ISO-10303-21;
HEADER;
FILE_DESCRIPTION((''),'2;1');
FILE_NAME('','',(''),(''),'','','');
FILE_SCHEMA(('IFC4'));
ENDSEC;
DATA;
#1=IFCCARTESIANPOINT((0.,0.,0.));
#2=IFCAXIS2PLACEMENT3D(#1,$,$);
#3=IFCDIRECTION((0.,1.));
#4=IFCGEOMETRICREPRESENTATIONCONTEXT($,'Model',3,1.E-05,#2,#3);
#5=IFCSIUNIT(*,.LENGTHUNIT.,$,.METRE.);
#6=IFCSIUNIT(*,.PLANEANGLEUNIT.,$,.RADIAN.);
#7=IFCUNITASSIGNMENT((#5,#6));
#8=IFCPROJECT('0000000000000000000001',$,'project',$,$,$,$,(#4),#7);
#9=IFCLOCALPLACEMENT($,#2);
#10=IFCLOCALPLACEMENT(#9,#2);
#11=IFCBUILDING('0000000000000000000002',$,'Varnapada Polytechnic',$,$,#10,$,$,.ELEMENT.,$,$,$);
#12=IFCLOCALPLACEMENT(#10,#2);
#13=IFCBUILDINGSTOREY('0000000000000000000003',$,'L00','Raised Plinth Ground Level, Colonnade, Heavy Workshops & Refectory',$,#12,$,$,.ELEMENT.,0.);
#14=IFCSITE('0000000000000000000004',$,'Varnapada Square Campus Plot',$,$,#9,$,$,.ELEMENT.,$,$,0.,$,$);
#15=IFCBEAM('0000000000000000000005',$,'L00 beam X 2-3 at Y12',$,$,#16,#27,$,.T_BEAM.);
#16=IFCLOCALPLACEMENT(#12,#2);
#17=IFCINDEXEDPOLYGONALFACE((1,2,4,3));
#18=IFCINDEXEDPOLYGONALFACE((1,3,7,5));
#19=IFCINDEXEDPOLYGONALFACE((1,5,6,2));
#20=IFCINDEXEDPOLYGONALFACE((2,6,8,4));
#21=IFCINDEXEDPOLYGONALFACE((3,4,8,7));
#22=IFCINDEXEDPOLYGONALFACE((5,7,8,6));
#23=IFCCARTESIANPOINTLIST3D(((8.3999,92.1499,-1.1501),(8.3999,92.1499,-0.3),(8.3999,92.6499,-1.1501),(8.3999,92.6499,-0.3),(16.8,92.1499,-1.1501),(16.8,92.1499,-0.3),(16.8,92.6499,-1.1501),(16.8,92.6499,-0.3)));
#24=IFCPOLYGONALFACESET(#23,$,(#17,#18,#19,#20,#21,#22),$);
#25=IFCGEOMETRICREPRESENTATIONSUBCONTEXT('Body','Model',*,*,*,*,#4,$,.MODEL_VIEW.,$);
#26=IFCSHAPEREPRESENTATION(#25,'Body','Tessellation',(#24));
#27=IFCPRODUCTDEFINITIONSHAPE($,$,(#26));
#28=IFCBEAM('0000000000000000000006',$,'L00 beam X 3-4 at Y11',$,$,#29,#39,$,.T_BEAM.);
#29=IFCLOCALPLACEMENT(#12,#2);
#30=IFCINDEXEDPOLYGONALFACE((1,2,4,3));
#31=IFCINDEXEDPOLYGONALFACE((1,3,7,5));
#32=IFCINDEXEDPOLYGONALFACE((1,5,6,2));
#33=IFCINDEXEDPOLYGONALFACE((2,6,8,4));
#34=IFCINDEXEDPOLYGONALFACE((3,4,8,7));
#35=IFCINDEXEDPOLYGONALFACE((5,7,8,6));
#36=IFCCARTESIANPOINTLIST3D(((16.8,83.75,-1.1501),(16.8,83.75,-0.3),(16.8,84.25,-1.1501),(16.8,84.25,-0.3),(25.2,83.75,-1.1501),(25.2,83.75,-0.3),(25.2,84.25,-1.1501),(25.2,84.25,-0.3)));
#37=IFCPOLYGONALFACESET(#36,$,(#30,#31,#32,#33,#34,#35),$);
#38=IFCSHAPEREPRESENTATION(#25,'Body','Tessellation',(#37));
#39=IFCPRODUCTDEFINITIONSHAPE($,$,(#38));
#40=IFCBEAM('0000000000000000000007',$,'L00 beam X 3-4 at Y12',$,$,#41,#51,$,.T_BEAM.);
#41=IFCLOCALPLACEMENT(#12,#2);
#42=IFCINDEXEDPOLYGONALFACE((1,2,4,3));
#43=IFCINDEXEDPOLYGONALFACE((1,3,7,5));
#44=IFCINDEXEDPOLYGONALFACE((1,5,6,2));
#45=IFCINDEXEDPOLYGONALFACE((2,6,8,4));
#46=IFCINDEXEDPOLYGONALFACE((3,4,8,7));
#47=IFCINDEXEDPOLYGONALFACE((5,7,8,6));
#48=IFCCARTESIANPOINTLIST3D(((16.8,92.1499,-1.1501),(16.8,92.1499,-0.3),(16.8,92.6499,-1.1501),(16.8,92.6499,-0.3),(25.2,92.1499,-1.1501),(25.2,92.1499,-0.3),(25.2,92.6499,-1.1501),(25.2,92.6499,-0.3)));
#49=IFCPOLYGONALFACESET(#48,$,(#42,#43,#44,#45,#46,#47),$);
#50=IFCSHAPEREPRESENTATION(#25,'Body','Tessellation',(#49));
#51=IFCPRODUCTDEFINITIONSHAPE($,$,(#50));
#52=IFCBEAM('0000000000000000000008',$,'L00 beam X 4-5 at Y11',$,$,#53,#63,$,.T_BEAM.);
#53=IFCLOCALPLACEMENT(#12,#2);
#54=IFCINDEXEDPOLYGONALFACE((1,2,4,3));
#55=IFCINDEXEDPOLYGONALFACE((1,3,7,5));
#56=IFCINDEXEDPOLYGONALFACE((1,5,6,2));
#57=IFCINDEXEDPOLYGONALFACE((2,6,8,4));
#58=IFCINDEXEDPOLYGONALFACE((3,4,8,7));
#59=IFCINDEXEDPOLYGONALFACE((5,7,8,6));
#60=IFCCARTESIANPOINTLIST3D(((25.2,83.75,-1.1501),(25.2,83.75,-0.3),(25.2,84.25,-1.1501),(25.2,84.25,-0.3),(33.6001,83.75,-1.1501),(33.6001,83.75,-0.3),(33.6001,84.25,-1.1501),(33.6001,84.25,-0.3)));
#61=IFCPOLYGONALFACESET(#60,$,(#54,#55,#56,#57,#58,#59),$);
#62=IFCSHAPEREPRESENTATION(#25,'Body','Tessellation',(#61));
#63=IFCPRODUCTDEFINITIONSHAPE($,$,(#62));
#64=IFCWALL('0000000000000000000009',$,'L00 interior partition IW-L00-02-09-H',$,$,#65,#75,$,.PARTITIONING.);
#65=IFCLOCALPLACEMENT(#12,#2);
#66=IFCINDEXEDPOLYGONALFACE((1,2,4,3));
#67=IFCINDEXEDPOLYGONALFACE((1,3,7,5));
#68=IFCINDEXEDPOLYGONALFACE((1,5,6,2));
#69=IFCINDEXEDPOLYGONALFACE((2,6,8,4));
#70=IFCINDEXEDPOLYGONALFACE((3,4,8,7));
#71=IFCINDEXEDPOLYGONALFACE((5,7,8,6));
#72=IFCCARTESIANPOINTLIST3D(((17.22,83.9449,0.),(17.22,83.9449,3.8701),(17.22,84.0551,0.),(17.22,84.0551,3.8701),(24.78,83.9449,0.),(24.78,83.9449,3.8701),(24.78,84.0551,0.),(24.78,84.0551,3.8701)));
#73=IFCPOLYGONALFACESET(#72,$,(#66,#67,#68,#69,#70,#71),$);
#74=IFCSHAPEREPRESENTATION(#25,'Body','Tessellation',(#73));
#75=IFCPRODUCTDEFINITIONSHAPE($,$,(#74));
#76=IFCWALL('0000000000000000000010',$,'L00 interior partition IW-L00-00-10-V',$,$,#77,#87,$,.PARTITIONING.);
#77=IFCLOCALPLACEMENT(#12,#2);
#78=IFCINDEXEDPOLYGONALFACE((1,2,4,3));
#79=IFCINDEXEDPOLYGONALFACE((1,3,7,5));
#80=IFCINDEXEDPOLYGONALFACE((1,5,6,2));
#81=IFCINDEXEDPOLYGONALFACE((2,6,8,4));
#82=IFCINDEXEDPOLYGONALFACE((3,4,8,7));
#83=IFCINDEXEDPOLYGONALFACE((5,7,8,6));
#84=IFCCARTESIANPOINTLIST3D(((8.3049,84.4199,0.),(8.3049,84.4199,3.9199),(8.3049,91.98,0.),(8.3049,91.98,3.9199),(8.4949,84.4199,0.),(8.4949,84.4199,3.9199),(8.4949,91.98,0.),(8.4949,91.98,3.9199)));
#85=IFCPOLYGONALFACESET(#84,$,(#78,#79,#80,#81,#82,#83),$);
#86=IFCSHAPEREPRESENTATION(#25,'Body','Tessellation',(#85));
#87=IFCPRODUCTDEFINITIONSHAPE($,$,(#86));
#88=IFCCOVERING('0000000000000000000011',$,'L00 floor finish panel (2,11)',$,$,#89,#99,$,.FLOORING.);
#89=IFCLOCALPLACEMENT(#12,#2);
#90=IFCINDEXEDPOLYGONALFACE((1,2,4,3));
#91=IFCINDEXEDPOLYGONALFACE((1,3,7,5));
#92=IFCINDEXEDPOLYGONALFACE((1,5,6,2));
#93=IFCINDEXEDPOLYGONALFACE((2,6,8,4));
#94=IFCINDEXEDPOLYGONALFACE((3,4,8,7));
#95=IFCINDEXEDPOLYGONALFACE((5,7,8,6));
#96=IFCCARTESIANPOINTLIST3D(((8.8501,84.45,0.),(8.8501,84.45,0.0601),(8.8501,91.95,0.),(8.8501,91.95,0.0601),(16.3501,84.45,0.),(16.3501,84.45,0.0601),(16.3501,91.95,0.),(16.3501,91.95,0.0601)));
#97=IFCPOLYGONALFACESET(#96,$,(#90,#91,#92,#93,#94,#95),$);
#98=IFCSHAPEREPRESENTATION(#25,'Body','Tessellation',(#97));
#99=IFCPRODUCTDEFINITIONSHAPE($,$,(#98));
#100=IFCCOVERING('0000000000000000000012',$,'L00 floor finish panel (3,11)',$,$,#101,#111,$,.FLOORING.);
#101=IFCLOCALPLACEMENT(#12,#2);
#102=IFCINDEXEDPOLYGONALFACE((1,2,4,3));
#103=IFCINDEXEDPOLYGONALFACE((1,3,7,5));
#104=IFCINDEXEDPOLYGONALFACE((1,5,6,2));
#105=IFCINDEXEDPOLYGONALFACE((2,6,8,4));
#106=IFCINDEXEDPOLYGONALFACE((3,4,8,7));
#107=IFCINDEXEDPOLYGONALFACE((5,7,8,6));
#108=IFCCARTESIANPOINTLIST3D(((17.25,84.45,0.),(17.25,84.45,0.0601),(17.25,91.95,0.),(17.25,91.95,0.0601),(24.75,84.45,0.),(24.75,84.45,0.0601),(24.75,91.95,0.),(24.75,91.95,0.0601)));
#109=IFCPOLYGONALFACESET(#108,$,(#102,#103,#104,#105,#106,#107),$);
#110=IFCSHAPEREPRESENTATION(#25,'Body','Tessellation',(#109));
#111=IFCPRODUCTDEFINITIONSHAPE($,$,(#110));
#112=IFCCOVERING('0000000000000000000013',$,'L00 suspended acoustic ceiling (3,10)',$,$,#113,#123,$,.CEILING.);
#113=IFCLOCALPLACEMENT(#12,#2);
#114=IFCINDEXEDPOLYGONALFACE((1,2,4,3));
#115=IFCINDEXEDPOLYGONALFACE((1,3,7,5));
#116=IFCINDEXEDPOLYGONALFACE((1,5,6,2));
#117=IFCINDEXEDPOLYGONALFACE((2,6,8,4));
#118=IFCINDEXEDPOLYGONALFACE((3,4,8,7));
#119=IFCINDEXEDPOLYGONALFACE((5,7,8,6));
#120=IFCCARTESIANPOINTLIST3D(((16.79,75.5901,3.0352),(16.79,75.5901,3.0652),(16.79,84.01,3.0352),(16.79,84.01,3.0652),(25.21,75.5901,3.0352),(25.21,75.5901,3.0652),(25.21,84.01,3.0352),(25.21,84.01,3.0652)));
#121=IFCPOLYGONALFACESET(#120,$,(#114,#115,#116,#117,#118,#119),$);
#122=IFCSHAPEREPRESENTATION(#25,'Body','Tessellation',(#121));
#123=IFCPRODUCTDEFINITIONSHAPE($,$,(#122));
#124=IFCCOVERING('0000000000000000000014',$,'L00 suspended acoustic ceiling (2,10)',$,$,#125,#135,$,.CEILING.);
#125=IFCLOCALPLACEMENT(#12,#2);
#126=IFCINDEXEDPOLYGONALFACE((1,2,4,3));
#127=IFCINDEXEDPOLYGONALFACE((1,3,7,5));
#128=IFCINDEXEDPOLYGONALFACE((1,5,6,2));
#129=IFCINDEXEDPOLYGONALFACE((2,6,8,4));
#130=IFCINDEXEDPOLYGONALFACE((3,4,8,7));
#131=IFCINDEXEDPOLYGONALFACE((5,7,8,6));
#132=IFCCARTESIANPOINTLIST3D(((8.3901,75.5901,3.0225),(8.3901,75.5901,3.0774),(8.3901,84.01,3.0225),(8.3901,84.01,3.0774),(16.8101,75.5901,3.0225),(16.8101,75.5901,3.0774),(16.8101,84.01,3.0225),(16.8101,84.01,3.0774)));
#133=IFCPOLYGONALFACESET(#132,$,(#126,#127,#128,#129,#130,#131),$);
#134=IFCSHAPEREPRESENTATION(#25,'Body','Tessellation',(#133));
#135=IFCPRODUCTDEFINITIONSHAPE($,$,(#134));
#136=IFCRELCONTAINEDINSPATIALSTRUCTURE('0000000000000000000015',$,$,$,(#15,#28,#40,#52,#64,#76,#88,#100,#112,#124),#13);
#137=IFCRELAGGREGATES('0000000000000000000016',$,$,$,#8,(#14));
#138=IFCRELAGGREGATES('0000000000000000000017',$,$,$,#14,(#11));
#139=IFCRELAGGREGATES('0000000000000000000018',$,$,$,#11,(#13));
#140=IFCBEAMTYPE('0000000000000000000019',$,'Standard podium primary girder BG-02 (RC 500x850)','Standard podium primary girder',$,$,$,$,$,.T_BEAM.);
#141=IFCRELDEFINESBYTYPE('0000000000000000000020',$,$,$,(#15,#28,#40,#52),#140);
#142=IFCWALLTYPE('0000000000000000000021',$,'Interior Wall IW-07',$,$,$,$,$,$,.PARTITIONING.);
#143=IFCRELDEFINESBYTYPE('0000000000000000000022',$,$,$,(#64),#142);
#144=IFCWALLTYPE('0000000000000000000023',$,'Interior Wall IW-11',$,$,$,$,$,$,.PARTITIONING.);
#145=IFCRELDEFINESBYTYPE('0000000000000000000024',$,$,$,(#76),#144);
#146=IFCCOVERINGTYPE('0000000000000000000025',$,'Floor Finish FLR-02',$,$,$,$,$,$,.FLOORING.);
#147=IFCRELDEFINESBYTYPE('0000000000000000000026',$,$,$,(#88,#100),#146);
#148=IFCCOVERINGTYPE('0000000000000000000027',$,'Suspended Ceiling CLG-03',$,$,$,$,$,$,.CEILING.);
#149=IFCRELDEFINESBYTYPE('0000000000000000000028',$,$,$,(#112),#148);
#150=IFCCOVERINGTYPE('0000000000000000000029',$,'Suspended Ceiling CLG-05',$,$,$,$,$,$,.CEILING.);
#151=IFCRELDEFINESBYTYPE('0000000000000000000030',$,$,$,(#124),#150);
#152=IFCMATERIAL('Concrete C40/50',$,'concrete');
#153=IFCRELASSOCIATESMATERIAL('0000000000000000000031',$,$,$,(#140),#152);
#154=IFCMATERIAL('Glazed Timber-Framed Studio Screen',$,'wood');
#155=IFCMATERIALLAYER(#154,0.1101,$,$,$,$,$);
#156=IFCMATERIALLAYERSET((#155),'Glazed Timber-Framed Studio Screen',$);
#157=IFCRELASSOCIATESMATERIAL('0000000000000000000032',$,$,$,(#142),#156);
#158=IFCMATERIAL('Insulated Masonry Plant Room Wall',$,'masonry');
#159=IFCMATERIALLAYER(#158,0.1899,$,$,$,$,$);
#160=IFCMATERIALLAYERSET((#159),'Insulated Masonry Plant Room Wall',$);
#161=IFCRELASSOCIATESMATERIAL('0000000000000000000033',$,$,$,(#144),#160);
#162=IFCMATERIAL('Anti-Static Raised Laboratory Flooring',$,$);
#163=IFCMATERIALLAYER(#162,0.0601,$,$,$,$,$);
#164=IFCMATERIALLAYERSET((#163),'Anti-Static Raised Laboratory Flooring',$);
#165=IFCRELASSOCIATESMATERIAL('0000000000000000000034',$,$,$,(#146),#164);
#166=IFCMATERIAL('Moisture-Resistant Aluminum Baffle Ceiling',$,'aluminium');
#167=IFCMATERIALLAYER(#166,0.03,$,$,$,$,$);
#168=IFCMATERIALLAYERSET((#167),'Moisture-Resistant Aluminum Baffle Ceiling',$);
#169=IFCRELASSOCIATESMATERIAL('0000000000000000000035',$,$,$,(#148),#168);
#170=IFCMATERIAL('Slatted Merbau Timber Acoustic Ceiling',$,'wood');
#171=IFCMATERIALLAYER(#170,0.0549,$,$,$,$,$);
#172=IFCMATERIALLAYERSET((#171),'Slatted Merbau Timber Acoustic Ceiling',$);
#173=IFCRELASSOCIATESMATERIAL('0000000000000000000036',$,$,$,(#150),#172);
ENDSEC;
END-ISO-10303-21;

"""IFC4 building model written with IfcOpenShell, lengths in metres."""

from ifc_helpers import new_model, si_unit, direction, frame, frame_2d, origin, origin_2d, place, context, subcontext, project, spatial, rectangle, extrude, material, layer, layer_set, material_profile, profile_set, type_object, element, save


model = new_model("IFC4")

# Units and contexts
model_context = context("Model", 3, precision=1e-05, world=origin(), true_north=direction((0.0, 1.0)))
body_context = subcontext(model_context, "Body", "Model", "MODEL_VIEW")
ifc_project = project(units=[si_unit("LENGTHUNIT", "METRE"), si_unit("PLANEANGLEUNIT", "RADIAN")], contexts=[model_context])

# Site, building, storey
site_placement = place(None, origin())
site = spatial("IfcSite", under=ifc_project, at=site_placement, Name="Varnapada Square Campus Plot", CompositionType="ELEMENT", RefElevation=0.0)
building_placement = place(site_placement, origin())
building = spatial("IfcBuilding", under=site, at=building_placement, Name="Varnapada Polytechnic", CompositionType="ELEMENT")
storey_placement = place(building_placement, origin())
storey = spatial("IfcBuildingStorey", under=building, at=storey_placement, Name="L00", Description="Raised Plinth Ground Level, Colonnade, Heavy Workshops & Refectory", CompositionType="ELEMENT", Elevation=0.0)

# Shared definitions
ifc_material_1 = material(Name="Concrete C40/50", Category="concrete")

# Beams
ifc_material_profile_1 = material_profile(ifc_material_1, rectangle(XDim=0.5, YDim=0.8501, at=origin_2d()), Name="RC 500x850")
ifc_profile_set_1 = profile_set([ifc_material_profile_1], Name="Concrete C40/50")
beam_type_1 = type_object("IfcBeamType", Name="Standard podium primary girder BG-02 (RC 500x850)", Description="Standard podium primary girder", PredefinedType="T_BEAM", material=ifc_profile_set_1)
for number, where, z_axis, x_axis, name in (
    (1, (8.3999, 92.3999, -0.7251), (1.0, 0.0, 0.0), (0.0, 1.0, 0.0), "L00 beam X 2-3 at Y12"),
):
    element("IfcBeam", number, at=place(storey_placement, frame(where, z_axis=z_axis, x_axis=x_axis)), inside=storey, type_object=beam_type_1, Name=name, PredefinedType="T_BEAM", context=body_context, shape_type="SweptSolid", body=[
        extrude(rectangle(XDim=0.5, YDim=0.8501, at=origin_2d()), origin(), (0.0, 0.0, 1.0), 8.4001),
    ])
for number, where, z_axis, x_axis, name in (
    (2, (16.8, 84.0, -0.7251), (1.0, 0.0, 0.0), (0.0, 1.0, 0.0), "L00 beam X 3-4 at Y11"),
    (3, (16.8, 92.3999, -0.7251), (1.0, 0.0, 0.0), (0.0, 1.0, 0.0), "L00 beam X 3-4 at Y12"),
):
    element("IfcBeam", number, at=place(storey_placement, frame(where, z_axis=z_axis, x_axis=x_axis)), inside=storey, type_object=beam_type_1, Name=name, PredefinedType="T_BEAM", context=body_context, shape_type="SweptSolid", body=[
        extrude(rectangle(XDim=0.5, YDim=0.8501, at=origin_2d()), origin(), (0.0, 0.0, 1.0), 8.3999),
    ])
beam_1_placement = place(storey_placement, frame((25.2, 84.0, -0.7251), z_axis=(1.0, 0.0, 0.0), x_axis=(0.0, 1.0, 0.0)))
element("IfcBeam", 4, at=beam_1_placement, inside=storey, type_object=beam_type_1, Name="L00 beam X 4-5 at Y11", PredefinedType="T_BEAM", context=body_context, shape_type="SweptSolid", body=[
    extrude(rectangle(XDim=0.5, YDim=0.8501, at=origin_2d()), origin(), (0.0, 0.0, 1.0), 8.4001),
])

# Walls
ifc_material_2 = material(Name="Glazed Timber-Framed Studio Screen", Category="wood")
ifc_layer_1 = layer(ifc_material_2, 0.1101)
ifc_layer_set_1 = layer_set([ifc_layer_1], Name="Glazed Timber-Framed Studio Screen")
wall_type_1 = type_object("IfcWallType", Name="Interior Wall IW-07", PredefinedType="PARTITIONING", material=ifc_layer_set_1)
wall_1_placement = place(storey_placement, frame((17.22, 84.0, 0.0), z_axis=(0.0, 0.0, 1.0), x_axis=(1.0, 0.0, 0.0)))
element("IfcWall", 5, at=wall_1_placement, inside=storey, type_object=wall_type_1, Name="L00 interior partition IW-L00-02-09-H", PredefinedType="PARTITIONING", context=body_context, shape_type="SweptSolid", body=[
    extrude(rectangle(XDim=7.5601, YDim=0.1101, at=frame_2d((3.78, 0.0))), origin(), (0.0, 0.0, 1.0), 3.8701),
])
ifc_material_3 = material(Name="Insulated Masonry Plant Room Wall", Category="masonry")
ifc_layer_2 = layer(ifc_material_3, 0.1899)
ifc_layer_set_2 = layer_set([ifc_layer_2], Name="Insulated Masonry Plant Room Wall")
wall_type_2 = type_object("IfcWallType", Name="Interior Wall IW-11", PredefinedType="PARTITIONING", material=ifc_layer_set_2)
wall_2_placement = place(storey_placement, frame((8.3999, 84.4199, 0.0), z_axis=(0.0, 0.0, 1.0), x_axis=(0.0, 1.0, 0.0)))
element("IfcWall", 6, at=wall_2_placement, inside=storey, type_object=wall_type_2, Name="L00 interior partition IW-L00-00-10-V", PredefinedType="PARTITIONING", context=body_context, shape_type="SweptSolid", body=[
    extrude(rectangle(XDim=7.5601, YDim=0.1899, at=frame_2d((3.78, 0.0))), origin(), (0.0, 0.0, 1.0), 3.9199),
])

# Coverings
ifc_material_4 = material(Name="Anti-Static Raised Laboratory Flooring")
ifc_layer_3 = layer(ifc_material_4, 0.0601)
ifc_layer_set_3 = layer_set([ifc_layer_3], Name="Anti-Static Raised Laboratory Flooring")
covering_type_1 = type_object("IfcCoveringType", Name="Floor Finish FLR-02", PredefinedType="FLOORING", material=ifc_layer_set_3)
for number, where, z_axis, x_axis, name in (
    (7, (12.6001, 88.2, 0.0), (0.0, 0.0, 1.0), (1.0, 0.0, 0.0), "L00 floor finish panel (2,11)"),
    (8, (21.0, 88.2, 0.0), (0.0, 0.0, 1.0), (1.0, 0.0, 0.0), "L00 floor finish panel (3,11)"),
):
    element("IfcCovering", number, at=place(storey_placement, frame(where, z_axis=z_axis, x_axis=x_axis)), inside=storey, type_object=covering_type_1, Name=name, PredefinedType="FLOORING", context=body_context, shape_type="SweptSolid", body=[
        extrude(rectangle(XDim=7.5, YDim=7.5, at=origin_2d()), origin(), (0.0, 0.0, 1.0), 0.0601),
    ])
ifc_material_5 = material(Name="Moisture-Resistant Aluminum Baffle Ceiling", Category="aluminium")
ifc_layer_4 = layer(ifc_material_5, 0.03)
ifc_layer_set_4 = layer_set([ifc_layer_4], Name="Moisture-Resistant Aluminum Baffle Ceiling")
covering_type_2 = type_object("IfcCoveringType", Name="Suspended Ceiling CLG-03", PredefinedType="CEILING", material=ifc_layer_set_4)
covering_1_placement = place(storey_placement, frame((21.0, 79.8, 3.0352), z_axis=(0.0, 0.0, 1.0), x_axis=(1.0, 0.0, 0.0)))
element("IfcCovering", 9, at=covering_1_placement, inside=storey, type_object=covering_type_2, Name="L00 suspended acoustic ceiling (3,10)", PredefinedType="CEILING", context=body_context, shape_type="SweptSolid", body=[
    extrude(rectangle(XDim=8.4199, YDim=8.4199, at=origin_2d()), origin(), (0.0, 0.0, 1.0), 0.03),
])
ifc_material_6 = material(Name="Slatted Merbau Timber Acoustic Ceiling", Category="wood")
ifc_layer_5 = layer(ifc_material_6, 0.0549)
ifc_layer_set_5 = layer_set([ifc_layer_5], Name="Slatted Merbau Timber Acoustic Ceiling")
covering_type_3 = type_object("IfcCoveringType", Name="Suspended Ceiling CLG-05", PredefinedType="CEILING", material=ifc_layer_set_5)
covering_2_placement = place(storey_placement, frame((12.6001, 79.8, 3.0225), z_axis=(0.0, 0.0, 1.0), x_axis=(1.0, 0.0, 0.0)))
element("IfcCovering", 10, at=covering_2_placement, inside=storey, type_object=covering_type_3, Name="L00 suspended acoustic ceiling (2,10)", PredefinedType="CEILING", context=body_context, shape_type="SweptSolid", body=[
    extrude(rectangle(XDim=8.4199, YDim=8.4199, at=origin_2d()), origin(), (0.0, 0.0, 1.0), 0.0549),
])

save(model, "model.ifc")
